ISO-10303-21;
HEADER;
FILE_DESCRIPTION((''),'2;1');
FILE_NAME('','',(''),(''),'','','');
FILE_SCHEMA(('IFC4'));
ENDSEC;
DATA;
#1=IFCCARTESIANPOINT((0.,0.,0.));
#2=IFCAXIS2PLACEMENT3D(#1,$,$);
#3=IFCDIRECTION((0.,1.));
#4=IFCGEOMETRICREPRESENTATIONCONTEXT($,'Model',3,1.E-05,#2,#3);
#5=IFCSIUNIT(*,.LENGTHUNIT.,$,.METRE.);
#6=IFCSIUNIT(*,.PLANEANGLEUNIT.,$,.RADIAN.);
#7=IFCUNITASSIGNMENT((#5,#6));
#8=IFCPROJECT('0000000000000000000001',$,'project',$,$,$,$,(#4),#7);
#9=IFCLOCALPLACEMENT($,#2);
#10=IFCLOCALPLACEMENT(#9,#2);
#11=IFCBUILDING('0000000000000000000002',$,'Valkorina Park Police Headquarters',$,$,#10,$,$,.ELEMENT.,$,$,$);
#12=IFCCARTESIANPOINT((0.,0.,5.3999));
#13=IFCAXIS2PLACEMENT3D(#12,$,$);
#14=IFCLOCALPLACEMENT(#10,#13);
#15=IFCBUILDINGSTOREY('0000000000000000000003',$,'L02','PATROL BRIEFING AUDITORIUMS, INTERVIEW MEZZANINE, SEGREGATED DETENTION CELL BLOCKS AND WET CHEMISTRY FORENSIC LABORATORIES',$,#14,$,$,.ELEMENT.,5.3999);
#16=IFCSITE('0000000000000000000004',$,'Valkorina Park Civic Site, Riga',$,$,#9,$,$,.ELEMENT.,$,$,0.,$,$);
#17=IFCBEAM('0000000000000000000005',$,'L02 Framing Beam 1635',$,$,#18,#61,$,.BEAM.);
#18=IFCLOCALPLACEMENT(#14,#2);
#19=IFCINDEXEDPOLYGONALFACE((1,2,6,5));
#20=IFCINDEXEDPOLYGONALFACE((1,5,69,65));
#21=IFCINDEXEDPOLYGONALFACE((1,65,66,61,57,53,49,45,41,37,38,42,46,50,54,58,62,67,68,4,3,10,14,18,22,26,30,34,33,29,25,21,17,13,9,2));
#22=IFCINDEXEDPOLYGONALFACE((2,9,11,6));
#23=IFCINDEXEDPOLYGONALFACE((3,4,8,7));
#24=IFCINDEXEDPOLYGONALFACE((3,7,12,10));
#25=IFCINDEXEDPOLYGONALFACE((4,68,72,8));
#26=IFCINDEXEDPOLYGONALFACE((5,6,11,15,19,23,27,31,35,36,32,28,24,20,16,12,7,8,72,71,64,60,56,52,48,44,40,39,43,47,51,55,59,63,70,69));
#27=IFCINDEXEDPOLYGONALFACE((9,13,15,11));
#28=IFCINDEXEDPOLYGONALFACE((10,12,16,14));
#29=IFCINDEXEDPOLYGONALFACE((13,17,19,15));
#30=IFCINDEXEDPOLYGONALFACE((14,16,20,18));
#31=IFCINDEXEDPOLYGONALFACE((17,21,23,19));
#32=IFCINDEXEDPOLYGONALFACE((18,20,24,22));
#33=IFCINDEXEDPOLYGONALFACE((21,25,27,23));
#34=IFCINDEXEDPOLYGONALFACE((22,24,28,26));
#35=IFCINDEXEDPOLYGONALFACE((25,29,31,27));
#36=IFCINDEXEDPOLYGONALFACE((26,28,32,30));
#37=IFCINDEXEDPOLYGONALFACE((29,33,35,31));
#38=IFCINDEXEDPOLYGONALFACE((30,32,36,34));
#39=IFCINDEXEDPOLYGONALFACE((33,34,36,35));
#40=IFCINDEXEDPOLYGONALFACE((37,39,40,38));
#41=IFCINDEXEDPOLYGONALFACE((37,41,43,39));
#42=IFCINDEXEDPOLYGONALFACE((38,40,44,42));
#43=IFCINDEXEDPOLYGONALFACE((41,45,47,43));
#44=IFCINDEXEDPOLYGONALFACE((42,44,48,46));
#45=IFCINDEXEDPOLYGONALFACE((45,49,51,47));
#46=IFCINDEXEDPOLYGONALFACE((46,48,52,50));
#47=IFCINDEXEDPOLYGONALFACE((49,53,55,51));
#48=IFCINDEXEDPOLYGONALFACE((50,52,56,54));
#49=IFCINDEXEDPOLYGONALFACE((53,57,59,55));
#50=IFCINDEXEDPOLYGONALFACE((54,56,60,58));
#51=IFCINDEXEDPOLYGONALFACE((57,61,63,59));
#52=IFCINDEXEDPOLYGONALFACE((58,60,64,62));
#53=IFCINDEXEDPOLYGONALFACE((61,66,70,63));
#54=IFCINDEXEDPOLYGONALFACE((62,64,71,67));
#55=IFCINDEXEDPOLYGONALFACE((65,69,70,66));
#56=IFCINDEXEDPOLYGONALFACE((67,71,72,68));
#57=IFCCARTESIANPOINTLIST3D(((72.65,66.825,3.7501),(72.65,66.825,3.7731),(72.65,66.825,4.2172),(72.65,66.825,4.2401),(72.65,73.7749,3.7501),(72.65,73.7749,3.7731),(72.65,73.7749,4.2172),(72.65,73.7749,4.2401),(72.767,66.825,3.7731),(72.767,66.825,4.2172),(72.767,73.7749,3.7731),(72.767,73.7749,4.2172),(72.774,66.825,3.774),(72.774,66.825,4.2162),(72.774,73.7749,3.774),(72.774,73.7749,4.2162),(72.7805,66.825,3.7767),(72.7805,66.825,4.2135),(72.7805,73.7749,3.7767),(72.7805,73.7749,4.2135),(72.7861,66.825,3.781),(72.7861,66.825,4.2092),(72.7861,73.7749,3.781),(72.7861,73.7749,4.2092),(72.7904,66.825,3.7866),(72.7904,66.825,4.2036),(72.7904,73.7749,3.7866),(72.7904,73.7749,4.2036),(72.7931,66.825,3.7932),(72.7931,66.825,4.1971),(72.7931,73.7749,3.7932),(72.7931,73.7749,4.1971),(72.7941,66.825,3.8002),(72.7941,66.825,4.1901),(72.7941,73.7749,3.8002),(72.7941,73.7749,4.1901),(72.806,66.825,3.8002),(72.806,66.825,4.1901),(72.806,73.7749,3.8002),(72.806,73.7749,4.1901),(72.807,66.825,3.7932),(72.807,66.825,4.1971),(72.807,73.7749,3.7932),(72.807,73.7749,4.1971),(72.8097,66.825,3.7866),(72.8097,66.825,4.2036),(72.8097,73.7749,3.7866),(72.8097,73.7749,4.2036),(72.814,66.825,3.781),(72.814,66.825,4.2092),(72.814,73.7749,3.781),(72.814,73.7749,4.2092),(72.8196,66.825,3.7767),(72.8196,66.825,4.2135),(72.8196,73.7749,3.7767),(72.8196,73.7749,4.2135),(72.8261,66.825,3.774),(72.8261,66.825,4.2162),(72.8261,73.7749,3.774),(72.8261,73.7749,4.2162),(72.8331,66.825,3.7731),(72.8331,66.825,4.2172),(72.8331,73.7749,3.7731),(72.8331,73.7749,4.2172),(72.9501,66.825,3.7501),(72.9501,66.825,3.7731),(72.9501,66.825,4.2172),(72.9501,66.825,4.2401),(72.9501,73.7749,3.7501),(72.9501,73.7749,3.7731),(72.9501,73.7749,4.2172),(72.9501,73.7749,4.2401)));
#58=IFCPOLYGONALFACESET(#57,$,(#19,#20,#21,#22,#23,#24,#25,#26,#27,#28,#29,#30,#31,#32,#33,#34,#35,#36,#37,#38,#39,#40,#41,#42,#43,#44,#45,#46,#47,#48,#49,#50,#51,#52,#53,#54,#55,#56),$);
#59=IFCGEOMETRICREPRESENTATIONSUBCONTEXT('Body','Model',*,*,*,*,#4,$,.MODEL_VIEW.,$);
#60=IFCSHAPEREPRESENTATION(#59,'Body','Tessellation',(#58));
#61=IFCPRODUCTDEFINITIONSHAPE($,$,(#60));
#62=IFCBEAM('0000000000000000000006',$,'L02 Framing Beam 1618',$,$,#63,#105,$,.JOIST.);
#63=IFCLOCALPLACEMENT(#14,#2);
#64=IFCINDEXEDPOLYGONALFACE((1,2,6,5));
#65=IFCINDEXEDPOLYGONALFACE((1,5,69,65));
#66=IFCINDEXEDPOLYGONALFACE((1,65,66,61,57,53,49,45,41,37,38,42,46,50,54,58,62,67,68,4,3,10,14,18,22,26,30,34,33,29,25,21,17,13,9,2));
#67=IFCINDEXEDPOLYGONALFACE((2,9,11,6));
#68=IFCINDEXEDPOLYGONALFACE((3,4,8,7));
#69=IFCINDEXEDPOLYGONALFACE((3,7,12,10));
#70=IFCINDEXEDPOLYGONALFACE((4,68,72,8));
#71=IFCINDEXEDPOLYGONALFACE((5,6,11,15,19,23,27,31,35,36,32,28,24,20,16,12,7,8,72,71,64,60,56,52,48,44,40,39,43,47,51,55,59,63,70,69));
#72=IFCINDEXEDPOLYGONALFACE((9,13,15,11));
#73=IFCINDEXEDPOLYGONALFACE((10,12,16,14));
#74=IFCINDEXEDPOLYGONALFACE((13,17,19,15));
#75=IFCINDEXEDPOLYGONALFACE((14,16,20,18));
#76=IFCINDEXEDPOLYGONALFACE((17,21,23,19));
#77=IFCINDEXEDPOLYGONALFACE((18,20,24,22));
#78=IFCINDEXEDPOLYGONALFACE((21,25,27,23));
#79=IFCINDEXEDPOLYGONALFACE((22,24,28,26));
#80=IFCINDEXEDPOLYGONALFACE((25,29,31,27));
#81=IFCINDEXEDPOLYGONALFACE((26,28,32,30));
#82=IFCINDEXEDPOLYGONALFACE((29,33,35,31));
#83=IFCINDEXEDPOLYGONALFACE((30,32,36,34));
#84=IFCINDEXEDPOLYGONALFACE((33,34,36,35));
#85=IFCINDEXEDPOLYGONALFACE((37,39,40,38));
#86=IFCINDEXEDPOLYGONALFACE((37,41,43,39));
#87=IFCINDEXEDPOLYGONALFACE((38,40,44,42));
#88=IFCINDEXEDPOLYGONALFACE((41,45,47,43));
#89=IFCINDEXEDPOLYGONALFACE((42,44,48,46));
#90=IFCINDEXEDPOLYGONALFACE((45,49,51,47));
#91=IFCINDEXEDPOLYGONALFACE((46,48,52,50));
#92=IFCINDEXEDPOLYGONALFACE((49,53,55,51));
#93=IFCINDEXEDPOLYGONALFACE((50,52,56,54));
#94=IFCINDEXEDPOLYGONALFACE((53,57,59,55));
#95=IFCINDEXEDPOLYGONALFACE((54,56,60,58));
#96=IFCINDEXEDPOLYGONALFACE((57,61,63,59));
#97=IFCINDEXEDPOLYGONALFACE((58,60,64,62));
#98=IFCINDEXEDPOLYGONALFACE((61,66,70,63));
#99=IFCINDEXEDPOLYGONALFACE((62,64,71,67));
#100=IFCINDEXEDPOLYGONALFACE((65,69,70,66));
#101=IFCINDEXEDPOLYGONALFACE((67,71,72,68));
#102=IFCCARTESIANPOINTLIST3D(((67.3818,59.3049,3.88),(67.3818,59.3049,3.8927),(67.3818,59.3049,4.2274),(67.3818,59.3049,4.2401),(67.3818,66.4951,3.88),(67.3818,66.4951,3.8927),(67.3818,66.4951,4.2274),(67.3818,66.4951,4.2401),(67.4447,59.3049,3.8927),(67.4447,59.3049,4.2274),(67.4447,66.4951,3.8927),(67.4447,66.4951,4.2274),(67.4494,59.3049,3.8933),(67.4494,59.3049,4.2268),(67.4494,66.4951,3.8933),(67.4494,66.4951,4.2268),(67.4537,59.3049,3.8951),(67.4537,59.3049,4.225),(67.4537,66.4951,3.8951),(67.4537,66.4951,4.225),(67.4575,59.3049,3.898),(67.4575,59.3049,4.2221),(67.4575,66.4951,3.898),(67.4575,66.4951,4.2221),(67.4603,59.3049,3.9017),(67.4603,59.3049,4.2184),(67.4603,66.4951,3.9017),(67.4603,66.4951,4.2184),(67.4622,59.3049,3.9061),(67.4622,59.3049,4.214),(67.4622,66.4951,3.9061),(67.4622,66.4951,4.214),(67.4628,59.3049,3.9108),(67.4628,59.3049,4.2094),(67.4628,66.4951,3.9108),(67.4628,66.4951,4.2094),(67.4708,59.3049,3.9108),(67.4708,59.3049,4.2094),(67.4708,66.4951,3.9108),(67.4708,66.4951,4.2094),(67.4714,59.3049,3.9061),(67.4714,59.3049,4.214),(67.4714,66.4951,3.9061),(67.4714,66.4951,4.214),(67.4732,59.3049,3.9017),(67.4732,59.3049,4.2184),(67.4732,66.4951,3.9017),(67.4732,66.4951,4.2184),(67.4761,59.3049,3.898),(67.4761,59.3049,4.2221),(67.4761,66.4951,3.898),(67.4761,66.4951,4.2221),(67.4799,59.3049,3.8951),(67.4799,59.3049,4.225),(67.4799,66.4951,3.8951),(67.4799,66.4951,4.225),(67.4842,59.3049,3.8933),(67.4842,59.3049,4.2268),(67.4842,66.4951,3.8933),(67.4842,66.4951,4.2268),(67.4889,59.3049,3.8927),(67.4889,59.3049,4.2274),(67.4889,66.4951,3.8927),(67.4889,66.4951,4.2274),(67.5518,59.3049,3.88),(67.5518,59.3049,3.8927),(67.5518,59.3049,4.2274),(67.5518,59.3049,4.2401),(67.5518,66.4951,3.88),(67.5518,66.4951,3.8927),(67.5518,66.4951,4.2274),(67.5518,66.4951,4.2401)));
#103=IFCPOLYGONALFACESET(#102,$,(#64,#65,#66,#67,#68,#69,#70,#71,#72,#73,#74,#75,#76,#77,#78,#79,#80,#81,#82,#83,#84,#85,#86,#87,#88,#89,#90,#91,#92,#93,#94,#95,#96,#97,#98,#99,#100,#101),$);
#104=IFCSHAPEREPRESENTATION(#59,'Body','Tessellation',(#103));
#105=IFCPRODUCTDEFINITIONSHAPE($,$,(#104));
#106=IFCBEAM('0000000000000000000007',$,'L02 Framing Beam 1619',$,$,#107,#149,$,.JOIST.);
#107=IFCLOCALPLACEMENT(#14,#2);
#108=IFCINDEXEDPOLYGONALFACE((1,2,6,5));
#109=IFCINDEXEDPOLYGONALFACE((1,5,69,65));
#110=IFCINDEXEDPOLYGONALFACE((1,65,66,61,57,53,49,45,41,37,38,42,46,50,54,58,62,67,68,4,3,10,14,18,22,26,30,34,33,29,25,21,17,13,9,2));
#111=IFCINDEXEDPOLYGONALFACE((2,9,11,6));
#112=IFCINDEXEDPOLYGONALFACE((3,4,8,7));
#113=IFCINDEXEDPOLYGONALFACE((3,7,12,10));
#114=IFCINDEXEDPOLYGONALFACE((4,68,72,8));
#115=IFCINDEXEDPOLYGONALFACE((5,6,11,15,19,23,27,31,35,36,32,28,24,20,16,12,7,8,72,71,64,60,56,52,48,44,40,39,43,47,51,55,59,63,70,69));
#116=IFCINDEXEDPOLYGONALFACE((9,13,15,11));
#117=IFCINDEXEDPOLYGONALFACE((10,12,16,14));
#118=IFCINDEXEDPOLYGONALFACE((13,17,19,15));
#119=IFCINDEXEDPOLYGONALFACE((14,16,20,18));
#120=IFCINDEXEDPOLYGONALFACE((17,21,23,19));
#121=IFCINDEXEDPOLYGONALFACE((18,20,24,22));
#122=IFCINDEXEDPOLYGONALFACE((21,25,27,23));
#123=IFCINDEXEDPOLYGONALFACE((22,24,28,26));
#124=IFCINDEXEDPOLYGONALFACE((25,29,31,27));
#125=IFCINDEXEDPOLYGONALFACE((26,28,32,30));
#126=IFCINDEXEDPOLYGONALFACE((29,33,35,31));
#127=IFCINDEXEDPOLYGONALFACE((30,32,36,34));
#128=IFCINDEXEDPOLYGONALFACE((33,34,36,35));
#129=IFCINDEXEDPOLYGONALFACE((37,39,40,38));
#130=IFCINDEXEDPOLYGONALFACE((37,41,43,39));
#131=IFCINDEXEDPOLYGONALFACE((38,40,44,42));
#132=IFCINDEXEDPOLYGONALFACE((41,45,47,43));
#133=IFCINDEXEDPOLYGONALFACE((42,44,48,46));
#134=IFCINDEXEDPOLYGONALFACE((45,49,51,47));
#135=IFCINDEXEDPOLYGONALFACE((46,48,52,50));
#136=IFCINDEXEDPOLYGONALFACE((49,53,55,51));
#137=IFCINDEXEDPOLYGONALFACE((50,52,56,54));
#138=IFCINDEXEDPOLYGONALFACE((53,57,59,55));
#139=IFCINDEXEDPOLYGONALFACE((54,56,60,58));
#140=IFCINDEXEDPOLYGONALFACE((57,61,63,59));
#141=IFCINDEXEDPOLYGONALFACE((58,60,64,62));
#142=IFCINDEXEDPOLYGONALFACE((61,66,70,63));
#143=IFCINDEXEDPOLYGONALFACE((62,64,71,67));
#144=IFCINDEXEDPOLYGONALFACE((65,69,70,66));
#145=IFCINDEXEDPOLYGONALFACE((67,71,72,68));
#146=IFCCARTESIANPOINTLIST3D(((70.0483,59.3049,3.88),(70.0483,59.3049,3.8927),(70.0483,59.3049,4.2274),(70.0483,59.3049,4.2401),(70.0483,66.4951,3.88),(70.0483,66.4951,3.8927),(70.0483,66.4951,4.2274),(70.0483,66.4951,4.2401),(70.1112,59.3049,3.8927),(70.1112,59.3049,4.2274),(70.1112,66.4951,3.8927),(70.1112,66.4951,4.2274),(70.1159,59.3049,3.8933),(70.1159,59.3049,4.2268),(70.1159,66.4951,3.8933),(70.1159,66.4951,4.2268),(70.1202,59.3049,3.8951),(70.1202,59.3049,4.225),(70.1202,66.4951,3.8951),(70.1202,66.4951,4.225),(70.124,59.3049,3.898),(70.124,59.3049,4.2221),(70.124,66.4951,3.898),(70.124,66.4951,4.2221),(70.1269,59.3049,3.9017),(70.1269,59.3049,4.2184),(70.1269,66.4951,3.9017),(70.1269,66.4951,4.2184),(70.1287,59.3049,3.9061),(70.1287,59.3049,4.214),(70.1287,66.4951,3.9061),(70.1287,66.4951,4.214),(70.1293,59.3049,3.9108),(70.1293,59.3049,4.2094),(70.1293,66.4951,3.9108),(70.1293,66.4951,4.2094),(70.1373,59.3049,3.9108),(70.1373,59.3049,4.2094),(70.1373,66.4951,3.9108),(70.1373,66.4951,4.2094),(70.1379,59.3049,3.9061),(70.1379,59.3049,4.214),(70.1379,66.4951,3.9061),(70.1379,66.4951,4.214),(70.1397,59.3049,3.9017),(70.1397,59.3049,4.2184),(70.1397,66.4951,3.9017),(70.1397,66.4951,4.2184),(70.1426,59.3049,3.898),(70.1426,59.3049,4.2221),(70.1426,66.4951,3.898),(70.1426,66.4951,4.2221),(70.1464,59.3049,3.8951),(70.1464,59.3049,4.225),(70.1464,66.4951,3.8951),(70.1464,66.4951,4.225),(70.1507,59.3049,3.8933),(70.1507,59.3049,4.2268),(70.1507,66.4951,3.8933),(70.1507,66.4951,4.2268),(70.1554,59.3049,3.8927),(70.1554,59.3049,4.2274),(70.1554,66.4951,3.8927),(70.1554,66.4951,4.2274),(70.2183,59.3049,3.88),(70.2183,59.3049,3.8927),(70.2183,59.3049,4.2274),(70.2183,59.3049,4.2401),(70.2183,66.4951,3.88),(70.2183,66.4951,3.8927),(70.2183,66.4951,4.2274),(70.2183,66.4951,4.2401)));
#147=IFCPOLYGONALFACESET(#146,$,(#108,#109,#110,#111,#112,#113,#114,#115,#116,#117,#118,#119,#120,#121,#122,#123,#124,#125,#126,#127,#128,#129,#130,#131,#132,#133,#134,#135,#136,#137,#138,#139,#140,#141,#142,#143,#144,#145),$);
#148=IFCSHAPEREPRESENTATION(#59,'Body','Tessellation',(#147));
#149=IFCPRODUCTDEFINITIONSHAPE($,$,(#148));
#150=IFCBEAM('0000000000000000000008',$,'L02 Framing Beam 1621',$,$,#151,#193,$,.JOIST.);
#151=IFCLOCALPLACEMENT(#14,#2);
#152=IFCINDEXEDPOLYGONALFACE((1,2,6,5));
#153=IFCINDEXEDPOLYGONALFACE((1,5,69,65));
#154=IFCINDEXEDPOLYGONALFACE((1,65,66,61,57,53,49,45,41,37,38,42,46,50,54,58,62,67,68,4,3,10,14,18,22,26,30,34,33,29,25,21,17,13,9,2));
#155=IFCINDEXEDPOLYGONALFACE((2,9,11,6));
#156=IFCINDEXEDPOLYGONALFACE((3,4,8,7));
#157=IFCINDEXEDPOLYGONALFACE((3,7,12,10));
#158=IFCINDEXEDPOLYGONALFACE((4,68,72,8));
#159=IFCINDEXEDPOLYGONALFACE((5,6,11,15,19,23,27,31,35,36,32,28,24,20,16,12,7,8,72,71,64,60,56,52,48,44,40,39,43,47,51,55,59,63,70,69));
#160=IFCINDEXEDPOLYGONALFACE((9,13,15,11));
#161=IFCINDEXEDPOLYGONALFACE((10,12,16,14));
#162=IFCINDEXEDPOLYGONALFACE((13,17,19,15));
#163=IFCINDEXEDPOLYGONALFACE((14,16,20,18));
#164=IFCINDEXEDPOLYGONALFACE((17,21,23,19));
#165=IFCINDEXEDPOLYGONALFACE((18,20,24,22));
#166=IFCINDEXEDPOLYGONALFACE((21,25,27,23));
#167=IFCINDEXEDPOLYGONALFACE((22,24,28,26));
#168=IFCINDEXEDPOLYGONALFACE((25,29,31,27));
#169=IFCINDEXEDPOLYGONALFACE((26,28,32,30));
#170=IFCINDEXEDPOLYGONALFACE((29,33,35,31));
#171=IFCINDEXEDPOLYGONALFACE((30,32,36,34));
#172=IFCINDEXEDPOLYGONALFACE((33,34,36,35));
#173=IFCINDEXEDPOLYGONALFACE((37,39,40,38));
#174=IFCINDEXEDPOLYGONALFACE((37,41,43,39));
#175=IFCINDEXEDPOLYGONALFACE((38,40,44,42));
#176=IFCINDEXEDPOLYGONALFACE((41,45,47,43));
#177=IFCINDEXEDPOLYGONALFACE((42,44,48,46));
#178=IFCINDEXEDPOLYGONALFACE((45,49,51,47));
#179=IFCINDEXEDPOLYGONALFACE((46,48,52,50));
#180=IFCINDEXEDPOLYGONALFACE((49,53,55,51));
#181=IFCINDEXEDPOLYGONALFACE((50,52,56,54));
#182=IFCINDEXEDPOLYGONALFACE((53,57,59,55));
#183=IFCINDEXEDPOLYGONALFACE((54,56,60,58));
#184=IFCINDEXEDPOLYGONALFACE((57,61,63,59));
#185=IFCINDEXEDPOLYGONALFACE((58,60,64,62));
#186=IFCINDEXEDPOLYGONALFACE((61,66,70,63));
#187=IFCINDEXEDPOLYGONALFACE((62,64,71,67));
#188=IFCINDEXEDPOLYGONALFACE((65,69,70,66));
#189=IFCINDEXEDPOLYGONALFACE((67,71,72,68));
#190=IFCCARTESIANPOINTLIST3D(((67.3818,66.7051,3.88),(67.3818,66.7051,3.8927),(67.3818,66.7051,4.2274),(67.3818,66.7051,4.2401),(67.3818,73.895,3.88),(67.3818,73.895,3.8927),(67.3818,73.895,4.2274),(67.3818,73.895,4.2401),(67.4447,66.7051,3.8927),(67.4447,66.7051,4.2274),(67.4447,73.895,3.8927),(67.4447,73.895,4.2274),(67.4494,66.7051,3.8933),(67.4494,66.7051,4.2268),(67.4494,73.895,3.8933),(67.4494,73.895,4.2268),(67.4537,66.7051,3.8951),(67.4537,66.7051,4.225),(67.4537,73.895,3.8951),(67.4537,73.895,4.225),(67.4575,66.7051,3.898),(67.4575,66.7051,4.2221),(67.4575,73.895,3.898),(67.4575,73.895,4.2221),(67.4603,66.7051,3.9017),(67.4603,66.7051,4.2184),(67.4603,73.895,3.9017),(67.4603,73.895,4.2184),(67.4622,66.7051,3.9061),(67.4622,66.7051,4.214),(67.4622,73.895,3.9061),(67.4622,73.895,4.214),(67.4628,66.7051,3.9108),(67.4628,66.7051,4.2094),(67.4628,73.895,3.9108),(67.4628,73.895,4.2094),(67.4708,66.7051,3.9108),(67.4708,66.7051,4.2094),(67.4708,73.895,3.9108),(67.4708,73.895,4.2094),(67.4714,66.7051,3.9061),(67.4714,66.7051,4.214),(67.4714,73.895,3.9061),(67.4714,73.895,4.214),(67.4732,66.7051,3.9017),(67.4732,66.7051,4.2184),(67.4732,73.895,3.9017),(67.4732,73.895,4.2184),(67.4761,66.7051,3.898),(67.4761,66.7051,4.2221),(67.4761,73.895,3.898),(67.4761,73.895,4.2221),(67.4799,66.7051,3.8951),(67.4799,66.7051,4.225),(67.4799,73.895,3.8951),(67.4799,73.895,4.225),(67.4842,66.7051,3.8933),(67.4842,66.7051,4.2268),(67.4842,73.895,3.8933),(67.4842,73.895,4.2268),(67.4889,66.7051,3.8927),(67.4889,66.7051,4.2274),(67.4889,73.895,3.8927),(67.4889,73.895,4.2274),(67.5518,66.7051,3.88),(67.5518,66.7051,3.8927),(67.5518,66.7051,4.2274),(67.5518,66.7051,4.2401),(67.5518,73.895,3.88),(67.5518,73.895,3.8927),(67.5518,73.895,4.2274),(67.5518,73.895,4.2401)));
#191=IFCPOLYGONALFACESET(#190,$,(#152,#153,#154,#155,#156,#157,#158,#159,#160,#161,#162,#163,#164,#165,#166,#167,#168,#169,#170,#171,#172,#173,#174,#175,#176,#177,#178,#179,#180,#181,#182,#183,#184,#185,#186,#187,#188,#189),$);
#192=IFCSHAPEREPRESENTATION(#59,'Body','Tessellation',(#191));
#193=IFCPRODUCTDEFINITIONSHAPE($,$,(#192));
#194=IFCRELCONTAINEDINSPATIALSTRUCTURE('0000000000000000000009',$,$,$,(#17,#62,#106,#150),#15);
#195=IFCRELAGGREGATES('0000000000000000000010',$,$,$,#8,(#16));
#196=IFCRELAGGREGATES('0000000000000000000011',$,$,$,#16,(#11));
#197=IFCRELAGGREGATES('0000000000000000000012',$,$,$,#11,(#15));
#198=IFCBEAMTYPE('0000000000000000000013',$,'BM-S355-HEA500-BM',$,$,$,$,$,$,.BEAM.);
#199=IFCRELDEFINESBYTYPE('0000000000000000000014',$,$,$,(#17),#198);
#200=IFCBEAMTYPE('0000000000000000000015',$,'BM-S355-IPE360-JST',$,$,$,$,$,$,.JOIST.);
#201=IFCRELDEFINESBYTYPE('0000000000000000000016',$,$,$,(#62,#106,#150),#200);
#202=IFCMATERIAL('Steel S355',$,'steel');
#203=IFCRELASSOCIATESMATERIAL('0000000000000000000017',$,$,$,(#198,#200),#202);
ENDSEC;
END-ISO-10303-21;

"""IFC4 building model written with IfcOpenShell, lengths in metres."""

from ifc_helpers import new_model, si_unit, direction, frame, origin, origin_2d, place, context, subcontext, project, spatial, i_section, extrude, material, material_profile, profile_set, type_object, element, save


model = new_model("IFC4")

# Units and contexts
model_context = context("Model", 3, precision=1e-05, world=origin(), true_north=direction((0.0, 1.0)))
body_context = subcontext(model_context, "Body", "Model", "MODEL_VIEW")
ifc_project = project(units=[si_unit("LENGTHUNIT", "METRE"), si_unit("PLANEANGLEUNIT", "RADIAN")], contexts=[model_context])

# Site, building, storey
site_placement = place(None, origin())
site = spatial("IfcSite", under=ifc_project, at=site_placement, Name="Valkorina Park Civic Site, Riga", CompositionType="ELEMENT", RefElevation=0.0)
building_placement = place(site_placement, origin())
building = spatial("IfcBuilding", under=site, at=building_placement, Name="Valkorina Park Police Headquarters", CompositionType="ELEMENT")
storey_placement = place(building_placement, frame((0.0, 0.0, 5.3999)))
storey = spatial("IfcBuildingStorey", under=building, at=storey_placement, Name="L02", Description="PATROL BRIEFING AUDITORIUMS, INTERVIEW MEZZANINE, SEGREGATED DETENTION CELL BLOCKS AND WET CHEMISTRY FORENSIC LABORATORIES", CompositionType="ELEMENT", Elevation=5.3999)

# Shared definitions
ifc_material = material(Name="Steel S355", Category="steel")

# Beams
ifc_material_profile_1 = material_profile(ifc_material, i_section(OverallWidth=0.3, OverallDepth=0.49, WebThickness=0.012, FlangeThickness=0.0229, FilletRadius=0.0271, at=origin_2d()), Name="HEA 500")
ifc_profile_set_1 = profile_set([ifc_material_profile_1], Name="Steel S355")
beam_type_1 = type_object("IfcBeamType", Name="BM-S355-HEA500-BM", PredefinedType="BEAM", material=ifc_profile_set_1)
beam_1_placement = place(storey_placement, frame((72.8, 66.825, 3.9951), z_axis=(0.0, 1.0, 0.0), x_axis=(-1.0, 0.0, 0.0)))
element("IfcBeam", 1, at=beam_1_placement, inside=storey, type_object=beam_type_1, Name="L02 Framing Beam 1635", PredefinedType="BEAM", context=body_context, shape_type="SweptSolid", body=[
    extrude(i_section(OverallWidth=0.3, OverallDepth=0.49, WebThickness=0.012, FlangeThickness=0.0229, FilletRadius=0.0271, at=origin_2d()), origin(), (0.0, 0.0, 1.0), 6.95),
])
ifc_material_profile_2 = material_profile(ifc_material, i_section(OverallWidth=0.1699, OverallDepth=0.3601, WebThickness=0.0081, FlangeThickness=0.0127, FilletRadius=0.0181, at=origin_2d()), Name="IPE 360")
ifc_profile_set_2 = profile_set([ifc_material_profile_2], Name="Steel S355")
beam_type_2 = type_object("IfcBeamType", Name="BM-S355-IPE360-JST", PredefinedType="JOIST", material=ifc_profile_set_2)
for number, where, z_axis, x_axis, name in (
    (2, (67.4668, 59.3049, 4.0601), (0.0, 1.0, 0.0), (-1.0, 0.0, 0.0), "L02 Framing Beam 1618"),
    (3, (70.1333, 59.3049, 4.0601), (0.0, 1.0, 0.0), (-1.0, 0.0, 0.0), "L02 Framing Beam 1619"),
):
    element("IfcBeam", number, at=place(storey_placement, frame(where, z_axis=z_axis, x_axis=x_axis)), inside=storey, type_object=beam_type_2, Name=name, PredefinedType="JOIST", context=body_context, shape_type="SweptSolid", body=[
        extrude(i_section(OverallWidth=0.1699, OverallDepth=0.3601, WebThickness=0.0081, FlangeThickness=0.0127, FilletRadius=0.0181, at=origin_2d()), origin(), (0.0, 0.0, 1.0), 7.1902),
    ])
for number, where, z_axis, x_axis, name in (
    (4, (67.4668, 66.7051, 4.0601), (0.0, 1.0, 0.0), (-1.0, 0.0, 0.0), "L02 Framing Beam 1621"),
):
    element("IfcBeam", number, at=place(storey_placement, frame(where, z_axis=z_axis, x_axis=x_axis)), inside=storey, type_object=beam_type_2, Name=name, PredefinedType="JOIST", context=body_context, shape_type="SweptSolid", body=[
        extrude(i_section(OverallWidth=0.1699, OverallDepth=0.3601, WebThickness=0.0081, FlangeThickness=0.0127, FilletRadius=0.0181, at=origin_2d()), origin(), (0.0, 0.0, 1.0), 7.1899),
    ])

save(model, "model.ifc")
